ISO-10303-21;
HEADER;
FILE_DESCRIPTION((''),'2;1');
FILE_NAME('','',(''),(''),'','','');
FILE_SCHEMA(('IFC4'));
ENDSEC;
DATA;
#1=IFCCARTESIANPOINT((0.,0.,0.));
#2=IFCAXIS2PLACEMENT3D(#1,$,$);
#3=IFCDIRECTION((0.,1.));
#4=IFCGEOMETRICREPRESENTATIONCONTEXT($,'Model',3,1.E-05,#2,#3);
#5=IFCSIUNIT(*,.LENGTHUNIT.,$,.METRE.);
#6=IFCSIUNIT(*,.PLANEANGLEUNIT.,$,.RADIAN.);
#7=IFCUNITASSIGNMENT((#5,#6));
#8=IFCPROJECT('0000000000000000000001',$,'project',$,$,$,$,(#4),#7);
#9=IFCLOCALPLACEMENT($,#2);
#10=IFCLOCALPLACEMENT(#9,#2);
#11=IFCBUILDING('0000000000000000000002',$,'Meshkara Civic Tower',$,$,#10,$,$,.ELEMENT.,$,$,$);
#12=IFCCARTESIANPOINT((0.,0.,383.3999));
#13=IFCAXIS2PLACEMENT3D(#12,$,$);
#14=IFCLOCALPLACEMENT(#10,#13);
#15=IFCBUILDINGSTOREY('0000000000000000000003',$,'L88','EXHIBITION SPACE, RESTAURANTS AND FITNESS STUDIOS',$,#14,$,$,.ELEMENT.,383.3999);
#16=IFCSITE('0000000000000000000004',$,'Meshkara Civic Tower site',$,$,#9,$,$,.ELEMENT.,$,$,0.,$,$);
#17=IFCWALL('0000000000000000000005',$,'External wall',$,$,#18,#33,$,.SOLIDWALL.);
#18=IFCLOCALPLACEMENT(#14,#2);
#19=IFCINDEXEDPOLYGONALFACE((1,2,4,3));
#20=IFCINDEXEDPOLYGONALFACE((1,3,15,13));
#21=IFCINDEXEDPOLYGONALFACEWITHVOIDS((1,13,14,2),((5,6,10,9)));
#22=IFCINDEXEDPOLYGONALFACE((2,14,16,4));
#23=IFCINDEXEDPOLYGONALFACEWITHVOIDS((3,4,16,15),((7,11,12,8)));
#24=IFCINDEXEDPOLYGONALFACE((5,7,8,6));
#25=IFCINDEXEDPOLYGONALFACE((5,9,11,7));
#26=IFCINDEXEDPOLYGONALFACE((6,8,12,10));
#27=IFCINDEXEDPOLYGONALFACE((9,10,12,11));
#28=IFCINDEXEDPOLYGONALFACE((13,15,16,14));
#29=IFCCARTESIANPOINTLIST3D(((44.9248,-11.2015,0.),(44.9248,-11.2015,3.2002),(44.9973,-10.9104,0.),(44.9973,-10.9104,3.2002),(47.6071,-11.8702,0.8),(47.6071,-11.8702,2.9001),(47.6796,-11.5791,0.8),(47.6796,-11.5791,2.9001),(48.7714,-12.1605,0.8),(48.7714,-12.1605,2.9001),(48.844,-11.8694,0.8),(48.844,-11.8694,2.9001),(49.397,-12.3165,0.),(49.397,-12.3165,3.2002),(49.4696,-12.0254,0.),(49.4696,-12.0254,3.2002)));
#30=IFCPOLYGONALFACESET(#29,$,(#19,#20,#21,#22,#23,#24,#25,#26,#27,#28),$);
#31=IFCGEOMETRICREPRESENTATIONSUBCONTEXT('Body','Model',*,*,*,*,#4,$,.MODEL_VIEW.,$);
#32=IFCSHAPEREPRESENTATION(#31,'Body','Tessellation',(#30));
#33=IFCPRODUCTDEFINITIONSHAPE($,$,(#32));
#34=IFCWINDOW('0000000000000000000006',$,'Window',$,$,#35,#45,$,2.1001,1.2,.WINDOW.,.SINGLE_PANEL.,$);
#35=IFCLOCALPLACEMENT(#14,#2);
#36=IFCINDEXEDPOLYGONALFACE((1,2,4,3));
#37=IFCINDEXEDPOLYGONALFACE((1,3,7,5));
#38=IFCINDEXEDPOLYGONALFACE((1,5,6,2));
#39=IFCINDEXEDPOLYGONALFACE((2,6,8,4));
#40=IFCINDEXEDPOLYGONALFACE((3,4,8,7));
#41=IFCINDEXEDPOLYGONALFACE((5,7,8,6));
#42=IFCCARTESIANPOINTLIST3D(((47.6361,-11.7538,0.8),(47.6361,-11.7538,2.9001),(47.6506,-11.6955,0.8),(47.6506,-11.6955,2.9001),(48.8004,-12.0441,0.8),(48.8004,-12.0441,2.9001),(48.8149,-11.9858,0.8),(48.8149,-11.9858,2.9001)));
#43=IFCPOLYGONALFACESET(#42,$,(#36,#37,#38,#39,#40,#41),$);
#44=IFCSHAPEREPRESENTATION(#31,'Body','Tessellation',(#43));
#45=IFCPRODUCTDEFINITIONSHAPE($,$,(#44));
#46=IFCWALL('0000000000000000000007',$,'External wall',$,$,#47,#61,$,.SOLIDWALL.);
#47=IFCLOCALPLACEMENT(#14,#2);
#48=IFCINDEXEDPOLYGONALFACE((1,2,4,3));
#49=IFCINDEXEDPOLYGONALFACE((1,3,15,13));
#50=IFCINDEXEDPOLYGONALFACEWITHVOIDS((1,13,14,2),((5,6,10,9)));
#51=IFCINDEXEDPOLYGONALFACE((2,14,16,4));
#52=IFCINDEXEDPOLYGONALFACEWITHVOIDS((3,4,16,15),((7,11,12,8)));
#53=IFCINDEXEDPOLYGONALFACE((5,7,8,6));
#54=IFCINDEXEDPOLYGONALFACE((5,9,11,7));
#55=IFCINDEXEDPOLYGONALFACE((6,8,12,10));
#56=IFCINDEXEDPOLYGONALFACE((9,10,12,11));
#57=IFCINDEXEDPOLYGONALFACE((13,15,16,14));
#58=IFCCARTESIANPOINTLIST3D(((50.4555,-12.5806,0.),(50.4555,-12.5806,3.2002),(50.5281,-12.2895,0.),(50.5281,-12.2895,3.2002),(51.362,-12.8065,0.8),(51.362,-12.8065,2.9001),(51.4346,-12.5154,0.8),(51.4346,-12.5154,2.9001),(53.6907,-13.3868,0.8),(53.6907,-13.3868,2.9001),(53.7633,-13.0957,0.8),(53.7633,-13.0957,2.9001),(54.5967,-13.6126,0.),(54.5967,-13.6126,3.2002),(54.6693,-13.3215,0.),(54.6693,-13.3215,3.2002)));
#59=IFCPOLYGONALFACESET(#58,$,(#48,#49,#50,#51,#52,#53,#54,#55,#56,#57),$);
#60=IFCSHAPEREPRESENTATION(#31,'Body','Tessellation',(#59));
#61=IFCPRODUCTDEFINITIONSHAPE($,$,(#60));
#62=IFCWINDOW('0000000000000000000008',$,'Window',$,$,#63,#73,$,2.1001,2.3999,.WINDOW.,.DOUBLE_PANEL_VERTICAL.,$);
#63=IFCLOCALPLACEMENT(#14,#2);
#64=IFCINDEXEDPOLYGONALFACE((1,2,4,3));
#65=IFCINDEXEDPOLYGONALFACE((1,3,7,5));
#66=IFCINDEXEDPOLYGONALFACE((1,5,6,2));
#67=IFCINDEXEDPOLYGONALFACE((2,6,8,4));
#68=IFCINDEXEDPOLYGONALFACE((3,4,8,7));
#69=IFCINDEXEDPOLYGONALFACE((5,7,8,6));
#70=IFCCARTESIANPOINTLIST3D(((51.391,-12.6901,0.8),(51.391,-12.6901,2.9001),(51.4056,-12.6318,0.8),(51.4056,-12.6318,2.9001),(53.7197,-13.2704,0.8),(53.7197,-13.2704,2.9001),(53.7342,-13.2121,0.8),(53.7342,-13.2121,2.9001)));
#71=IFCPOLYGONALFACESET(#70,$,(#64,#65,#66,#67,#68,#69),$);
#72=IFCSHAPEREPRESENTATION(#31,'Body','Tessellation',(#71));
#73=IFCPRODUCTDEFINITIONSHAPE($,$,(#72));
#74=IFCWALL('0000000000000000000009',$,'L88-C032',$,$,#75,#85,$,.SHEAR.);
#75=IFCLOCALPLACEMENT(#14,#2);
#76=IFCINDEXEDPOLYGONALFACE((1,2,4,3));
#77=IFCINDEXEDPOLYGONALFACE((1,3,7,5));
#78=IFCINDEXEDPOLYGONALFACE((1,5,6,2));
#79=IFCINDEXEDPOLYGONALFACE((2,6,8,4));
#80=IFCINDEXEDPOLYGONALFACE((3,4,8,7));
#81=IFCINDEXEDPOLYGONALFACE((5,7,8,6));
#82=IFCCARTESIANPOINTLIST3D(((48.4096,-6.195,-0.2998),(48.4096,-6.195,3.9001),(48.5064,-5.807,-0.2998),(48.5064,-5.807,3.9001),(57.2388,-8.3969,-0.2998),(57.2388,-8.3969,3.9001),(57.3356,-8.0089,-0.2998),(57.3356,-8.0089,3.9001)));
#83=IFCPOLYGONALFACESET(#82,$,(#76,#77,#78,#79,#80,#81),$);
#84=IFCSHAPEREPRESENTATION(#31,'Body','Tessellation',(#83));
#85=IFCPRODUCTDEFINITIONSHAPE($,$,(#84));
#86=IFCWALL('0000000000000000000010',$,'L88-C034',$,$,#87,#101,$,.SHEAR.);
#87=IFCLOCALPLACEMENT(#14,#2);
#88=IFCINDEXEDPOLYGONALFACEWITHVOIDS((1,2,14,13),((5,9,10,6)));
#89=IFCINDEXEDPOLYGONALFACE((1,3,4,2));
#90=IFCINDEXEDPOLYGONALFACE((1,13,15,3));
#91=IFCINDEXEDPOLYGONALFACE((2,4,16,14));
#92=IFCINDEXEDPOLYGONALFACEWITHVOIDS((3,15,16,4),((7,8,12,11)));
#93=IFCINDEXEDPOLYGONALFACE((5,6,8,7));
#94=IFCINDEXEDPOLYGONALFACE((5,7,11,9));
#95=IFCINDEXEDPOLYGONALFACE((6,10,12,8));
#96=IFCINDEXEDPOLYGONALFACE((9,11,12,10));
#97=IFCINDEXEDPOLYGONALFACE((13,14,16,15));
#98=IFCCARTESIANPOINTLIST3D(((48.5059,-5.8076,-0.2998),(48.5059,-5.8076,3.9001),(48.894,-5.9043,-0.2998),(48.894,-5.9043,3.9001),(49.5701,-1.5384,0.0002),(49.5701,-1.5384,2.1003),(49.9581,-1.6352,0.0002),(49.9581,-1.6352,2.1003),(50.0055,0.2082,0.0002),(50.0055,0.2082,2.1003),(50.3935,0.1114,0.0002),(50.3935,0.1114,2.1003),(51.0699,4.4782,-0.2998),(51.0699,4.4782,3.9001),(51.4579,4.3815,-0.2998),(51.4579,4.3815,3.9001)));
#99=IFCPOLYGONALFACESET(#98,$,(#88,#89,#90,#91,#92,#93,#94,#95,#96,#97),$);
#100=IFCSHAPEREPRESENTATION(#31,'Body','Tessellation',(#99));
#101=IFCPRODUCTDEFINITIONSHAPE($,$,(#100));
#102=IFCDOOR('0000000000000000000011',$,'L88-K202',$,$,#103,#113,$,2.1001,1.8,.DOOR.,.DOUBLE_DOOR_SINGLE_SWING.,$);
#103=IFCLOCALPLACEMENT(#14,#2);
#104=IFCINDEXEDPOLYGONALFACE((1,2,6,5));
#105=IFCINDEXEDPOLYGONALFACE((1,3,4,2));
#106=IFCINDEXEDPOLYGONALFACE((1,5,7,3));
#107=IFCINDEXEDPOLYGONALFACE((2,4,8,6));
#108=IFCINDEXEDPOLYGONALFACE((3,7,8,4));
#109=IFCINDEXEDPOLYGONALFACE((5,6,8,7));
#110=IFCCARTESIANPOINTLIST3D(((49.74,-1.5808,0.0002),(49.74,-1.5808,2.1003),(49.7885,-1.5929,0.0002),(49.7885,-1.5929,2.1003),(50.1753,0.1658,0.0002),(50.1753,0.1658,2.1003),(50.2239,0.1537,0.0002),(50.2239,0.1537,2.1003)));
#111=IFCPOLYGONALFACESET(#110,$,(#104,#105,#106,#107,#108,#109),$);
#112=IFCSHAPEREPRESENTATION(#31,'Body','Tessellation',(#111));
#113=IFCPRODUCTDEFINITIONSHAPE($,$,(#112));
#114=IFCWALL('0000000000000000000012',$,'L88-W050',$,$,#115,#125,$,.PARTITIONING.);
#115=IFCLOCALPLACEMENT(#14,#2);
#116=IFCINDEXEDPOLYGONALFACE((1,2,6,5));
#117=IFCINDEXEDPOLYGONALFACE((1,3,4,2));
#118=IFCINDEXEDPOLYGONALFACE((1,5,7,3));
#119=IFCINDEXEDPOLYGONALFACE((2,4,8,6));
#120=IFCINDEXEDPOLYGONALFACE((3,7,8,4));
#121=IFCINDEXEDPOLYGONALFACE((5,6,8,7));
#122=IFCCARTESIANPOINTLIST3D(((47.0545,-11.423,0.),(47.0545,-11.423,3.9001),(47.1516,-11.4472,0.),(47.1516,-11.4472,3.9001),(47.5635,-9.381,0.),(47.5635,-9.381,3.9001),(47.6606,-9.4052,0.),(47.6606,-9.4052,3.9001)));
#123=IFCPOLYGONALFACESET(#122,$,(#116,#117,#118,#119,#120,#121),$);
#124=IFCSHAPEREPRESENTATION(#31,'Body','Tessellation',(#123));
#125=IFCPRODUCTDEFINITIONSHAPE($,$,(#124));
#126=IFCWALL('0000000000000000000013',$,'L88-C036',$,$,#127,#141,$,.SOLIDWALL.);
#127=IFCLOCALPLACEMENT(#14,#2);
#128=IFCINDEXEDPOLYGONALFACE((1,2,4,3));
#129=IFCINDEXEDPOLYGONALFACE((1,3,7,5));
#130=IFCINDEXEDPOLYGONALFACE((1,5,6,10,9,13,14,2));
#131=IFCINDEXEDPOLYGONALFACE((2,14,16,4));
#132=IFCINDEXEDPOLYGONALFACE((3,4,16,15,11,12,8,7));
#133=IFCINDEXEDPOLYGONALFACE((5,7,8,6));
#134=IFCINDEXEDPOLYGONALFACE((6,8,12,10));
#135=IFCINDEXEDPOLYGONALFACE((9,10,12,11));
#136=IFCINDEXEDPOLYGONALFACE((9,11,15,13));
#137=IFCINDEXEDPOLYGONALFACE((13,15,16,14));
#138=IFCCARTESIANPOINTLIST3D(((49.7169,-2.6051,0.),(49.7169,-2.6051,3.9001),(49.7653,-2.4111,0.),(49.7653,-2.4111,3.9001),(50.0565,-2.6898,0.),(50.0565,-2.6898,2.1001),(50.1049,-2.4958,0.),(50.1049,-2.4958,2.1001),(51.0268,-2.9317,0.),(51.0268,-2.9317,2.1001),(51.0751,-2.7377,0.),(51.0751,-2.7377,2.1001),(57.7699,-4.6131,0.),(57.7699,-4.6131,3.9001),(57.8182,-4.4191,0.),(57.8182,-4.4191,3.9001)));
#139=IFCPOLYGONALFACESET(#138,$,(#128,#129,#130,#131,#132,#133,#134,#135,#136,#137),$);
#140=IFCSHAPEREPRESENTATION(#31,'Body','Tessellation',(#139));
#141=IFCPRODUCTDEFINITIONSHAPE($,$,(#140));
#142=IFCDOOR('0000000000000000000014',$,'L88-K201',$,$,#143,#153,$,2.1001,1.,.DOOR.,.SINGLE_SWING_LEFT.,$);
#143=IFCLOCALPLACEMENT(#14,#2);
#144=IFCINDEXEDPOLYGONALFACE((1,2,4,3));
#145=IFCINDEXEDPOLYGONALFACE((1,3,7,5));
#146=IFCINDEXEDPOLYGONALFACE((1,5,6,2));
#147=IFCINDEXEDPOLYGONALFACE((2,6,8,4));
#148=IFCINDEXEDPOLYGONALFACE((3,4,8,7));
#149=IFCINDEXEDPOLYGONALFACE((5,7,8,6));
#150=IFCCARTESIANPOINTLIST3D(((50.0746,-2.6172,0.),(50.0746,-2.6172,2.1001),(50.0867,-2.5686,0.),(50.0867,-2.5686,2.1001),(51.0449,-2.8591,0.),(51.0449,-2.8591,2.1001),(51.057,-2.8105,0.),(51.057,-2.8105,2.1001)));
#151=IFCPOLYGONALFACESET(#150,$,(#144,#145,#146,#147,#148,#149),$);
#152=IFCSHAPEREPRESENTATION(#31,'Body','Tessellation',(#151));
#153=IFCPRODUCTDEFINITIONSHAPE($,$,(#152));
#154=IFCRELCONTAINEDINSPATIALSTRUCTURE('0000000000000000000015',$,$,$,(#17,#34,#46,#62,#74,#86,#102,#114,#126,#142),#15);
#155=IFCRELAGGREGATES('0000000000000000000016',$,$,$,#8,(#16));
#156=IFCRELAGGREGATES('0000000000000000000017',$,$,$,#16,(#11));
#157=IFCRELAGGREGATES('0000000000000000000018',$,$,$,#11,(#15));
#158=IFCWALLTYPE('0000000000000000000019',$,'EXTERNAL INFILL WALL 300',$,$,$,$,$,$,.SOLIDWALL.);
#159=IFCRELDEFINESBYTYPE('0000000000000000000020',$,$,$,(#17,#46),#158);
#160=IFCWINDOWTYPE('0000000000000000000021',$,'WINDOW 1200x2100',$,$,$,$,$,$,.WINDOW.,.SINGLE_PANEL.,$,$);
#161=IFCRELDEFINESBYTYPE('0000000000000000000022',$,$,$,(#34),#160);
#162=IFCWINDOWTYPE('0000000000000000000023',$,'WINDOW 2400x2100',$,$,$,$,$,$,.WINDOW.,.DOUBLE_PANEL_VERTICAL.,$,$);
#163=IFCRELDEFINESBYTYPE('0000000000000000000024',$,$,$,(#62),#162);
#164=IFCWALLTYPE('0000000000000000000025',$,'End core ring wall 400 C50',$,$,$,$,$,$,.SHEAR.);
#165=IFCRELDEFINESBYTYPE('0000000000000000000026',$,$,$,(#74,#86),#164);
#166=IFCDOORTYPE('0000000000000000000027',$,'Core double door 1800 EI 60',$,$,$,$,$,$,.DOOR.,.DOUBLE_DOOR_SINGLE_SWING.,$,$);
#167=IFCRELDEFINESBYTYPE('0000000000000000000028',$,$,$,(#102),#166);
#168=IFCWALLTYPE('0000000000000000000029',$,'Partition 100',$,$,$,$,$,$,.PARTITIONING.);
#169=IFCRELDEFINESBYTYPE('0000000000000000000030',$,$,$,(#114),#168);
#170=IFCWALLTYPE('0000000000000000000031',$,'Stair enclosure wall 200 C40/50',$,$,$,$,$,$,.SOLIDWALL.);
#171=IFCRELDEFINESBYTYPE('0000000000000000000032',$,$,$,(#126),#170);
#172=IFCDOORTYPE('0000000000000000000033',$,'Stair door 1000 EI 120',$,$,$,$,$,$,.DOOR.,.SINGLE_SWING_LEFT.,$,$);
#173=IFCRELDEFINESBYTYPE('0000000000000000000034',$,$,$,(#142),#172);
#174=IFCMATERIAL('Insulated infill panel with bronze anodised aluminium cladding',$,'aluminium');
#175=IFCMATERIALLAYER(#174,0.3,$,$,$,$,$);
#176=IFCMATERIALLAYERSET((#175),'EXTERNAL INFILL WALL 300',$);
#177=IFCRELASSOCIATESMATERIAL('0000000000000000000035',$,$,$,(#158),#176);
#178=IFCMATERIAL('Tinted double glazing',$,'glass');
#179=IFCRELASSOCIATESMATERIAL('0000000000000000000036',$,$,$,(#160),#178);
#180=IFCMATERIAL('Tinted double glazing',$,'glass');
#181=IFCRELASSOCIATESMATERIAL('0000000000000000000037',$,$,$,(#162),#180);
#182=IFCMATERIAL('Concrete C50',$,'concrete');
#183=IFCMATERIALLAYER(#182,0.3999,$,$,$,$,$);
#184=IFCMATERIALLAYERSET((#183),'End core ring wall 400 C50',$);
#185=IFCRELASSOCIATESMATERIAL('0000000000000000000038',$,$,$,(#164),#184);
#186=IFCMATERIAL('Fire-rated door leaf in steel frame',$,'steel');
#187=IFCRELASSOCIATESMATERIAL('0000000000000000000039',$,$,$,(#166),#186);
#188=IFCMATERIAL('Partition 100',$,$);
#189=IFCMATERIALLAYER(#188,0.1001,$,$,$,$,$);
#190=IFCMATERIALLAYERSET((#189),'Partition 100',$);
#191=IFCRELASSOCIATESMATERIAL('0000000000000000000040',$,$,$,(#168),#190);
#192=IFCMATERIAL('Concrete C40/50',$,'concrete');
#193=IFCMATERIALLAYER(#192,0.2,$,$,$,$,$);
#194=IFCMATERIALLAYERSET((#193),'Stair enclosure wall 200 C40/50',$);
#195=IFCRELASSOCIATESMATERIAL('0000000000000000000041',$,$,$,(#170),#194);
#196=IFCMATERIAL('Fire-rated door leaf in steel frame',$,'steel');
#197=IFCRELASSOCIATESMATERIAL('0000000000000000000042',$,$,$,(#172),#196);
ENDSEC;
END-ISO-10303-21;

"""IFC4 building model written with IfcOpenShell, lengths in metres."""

from ifc_helpers import new_model, si_unit, direction, frame, frame_2d, origin, place, context, subcontext, project, spatial, rectangle, extrude, material, layer, layer_set, type_object, element, fill, save


model = new_model("IFC4")

# Units and contexts
model_context = context("Model", 3, precision=1e-05, world=origin(), true_north=direction((0.0, 1.0)))
body_context = subcontext(model_context, "Body", "Model", "MODEL_VIEW")
ifc_project = project(units=[si_unit("LENGTHUNIT", "METRE"), si_unit("PLANEANGLEUNIT", "RADIAN")], contexts=[model_context])

# Site, building, storey
site_placement = place(None, origin())
site = spatial("IfcSite", under=ifc_project, at=site_placement, Name="Meshkara Civic Tower site", CompositionType="ELEMENT", RefElevation=0.0)
building_placement = place(site_placement, origin())
building = spatial("IfcBuilding", under=site, at=building_placement, Name="Meshkara Civic Tower", CompositionType="ELEMENT")
storey_placement = place(building_placement, frame((0.0, 0.0, 383.3999)))
storey = spatial("IfcBuildingStorey", under=building, at=storey_placement, Name="L88", Description="EXHIBITION SPACE, RESTAURANTS AND FITNESS STUDIOS", CompositionType="ELEMENT", Elevation=383.3999)

# Walls, openings, windows
ifc_material_1 = material(Name="Insulated infill panel with bronze anodised aluminium cladding", Category="aluminium")
ifc_layer_1 = layer(ifc_material_1, 0.3)
ifc_layer_set_1 = layer_set([ifc_layer_1], Name="EXTERNAL INFILL WALL 300")
wall_type_1 = type_object("IfcWallType", Name="EXTERNAL INFILL WALL 300", PredefinedType="SOLIDWALL", material=ifc_layer_set_1)
wall_1_placement = place(storey_placement, frame((44.9609, -11.0559, 0.0), z_axis=(0.0, 0.0, 1.0), x_axis=(0.970298, -0.241912, 0.0)))
wall_1 = element("IfcWall", 1, at=wall_1_placement, inside=storey, type_object=wall_type_1, Name="External wall", PredefinedType="SOLIDWALL", context=body_context, shape_type="SweptSolid", body=[
    extrude(rectangle(XDim=4.6091, YDim=0.3, at=frame_2d((2.3047, 0.0))), origin(), (0.0, 0.0, 1.0), 3.2002),
])
opening_1_placement = place(wall_1_placement, frame((2.7644, 0.0, 0.8)))
opening_1 = element("IfcOpeningElement", 2, at=opening_1_placement, cuts=wall_1, PredefinedType="OPENING", context=body_context, shape_type="SweptSolid", body=[
    extrude(rectangle(XDim=1.2, YDim=2.1001, at=frame_2d((0.6001, 1.05))), frame((0.0, 0.1599, 0.0), z_axis=(0.0, -1.0, 0.0), x_axis=(1.0, 0.0, 0.0)), (0.0, 0.0, 1.0), 0.3201),
])
ifc_material_2 = material(Name="Tinted double glazing", Category="glass")
window_type_1 = type_object("IfcWindowType", Name="WINDOW 1200x2100", PartitioningType="SINGLE_PANEL", PredefinedType="WINDOW", material=ifc_material_2)
window_1_placement = place(opening_1_placement, origin())
window_1 = element("IfcWindow", 3, at=window_1_placement, inside=storey, type_object=window_type_1, Name="Window", OverallHeight=2.1001, OverallWidth=1.2, PartitioningType="SINGLE_PANEL", PredefinedType="WINDOW", context=body_context, shape_type="SweptSolid", body=[
    extrude(rectangle(XDim=1.2, YDim=2.1001, at=frame_2d((0.6001, 1.05))), frame((0.0, 0.03, 0.0), z_axis=(0.0, -1.0, 0.0), x_axis=(1.0, 0.0, 0.0)), (0.0, 0.0, 1.0), 0.0601),
])
fill(opening_1, window_1)
wall_2_placement = place(storey_placement, frame((50.4919, -12.4351, 0.0), z_axis=(0.0, 0.0, 1.0), x_axis=(0.970324, -0.241809, 0.0)))
wall_2 = element("IfcWall", 4, at=wall_2_placement, inside=storey, type_object=wall_type_1, Name="External wall", PredefinedType="SOLIDWALL", context=body_context, shape_type="SweptSolid", body=[
    extrude(rectangle(XDim=4.2678, YDim=0.3, at=frame_2d((2.1338, 0.0))), origin(), (0.0, 0.0, 1.0), 3.2002),
])
opening_2_placement = place(wall_2_placement, frame((0.9341, 0.0, 0.8)))
opening_2 = element("IfcOpeningElement", 5, at=opening_2_placement, cuts=wall_2, PredefinedType="OPENING", context=body_context, shape_type="SweptSolid", body=[
    extrude(rectangle(XDim=2.3999, YDim=2.1001, at=frame_2d((1.2, 1.05))), frame((0.0, 0.1599, 0.0), z_axis=(0.0, -1.0, 0.0), x_axis=(1.0, 0.0, 0.0)), (0.0, 0.0, 1.0), 0.3201),
])
ifc_material_3 = material(Name="Tinted double glazing", Category="glass")
window_type_2 = type_object("IfcWindowType", Name="WINDOW 2400x2100", PartitioningType="DOUBLE_PANEL_VERTICAL", PredefinedType="WINDOW", material=ifc_material_3)
window_2_placement = place(opening_2_placement, origin())
window_2 = element("IfcWindow", 6, at=window_2_placement, inside=storey, type_object=window_type_2, Name="Window", OverallHeight=2.1001, OverallWidth=2.3999, PartitioningType="DOUBLE_PANEL_VERTICAL", PredefinedType="WINDOW", context=body_context, shape_type="SweptSolid", body=[
    extrude(rectangle(XDim=2.3999, YDim=2.1001, at=frame_2d((1.2, 1.05))), frame((0.0, 0.03, 0.0), z_axis=(0.0, -1.0, 0.0), x_axis=(1.0, 0.0, 0.0)), (0.0, 0.0, 1.0), 0.0601),
])
fill(opening_2, window_2)

# Wall
ifc_material_4 = material(Name="Concrete C50", Category="concrete")
ifc_layer_2 = layer(ifc_material_4, 0.3999)
ifc_layer_set_2 = layer_set([ifc_layer_2], Name="End core ring wall 400 C50")
wall_type_2 = type_object("IfcWallType", Name="End core ring wall 400 C50", PredefinedType="SHEAR", material=ifc_layer_set_2)
wall_3_placement = place(storey_placement, frame((48.458, -6.001, -0.2998), z_axis=(0.0, 0.0, 1.0), x_axis=(0.970281, -0.24198, 0.0)))
element("IfcWall", 7, at=wall_3_placement, inside=storey, type_object=wall_type_2, Name="L88-C032", PredefinedType="SHEAR", context=body_context, shape_type="SweptSolid", body=[
    extrude(rectangle(XDim=9.0996, YDim=0.3999, at=frame_2d((4.5498, 0.0))), origin(), (0.0, 0.0, 1.0), 4.2),
])

# Wall, opening, door
wall_4_placement = place(storey_placement, frame((48.7, -5.856, -0.2998), z_axis=(0.0, 0.0, 1.0), x_axis=(0.241869, 0.970309, 0.0)))
wall_4 = element("IfcWall", 8, at=wall_4_placement, inside=storey, type_object=wall_type_2, Name="L88-C034", PredefinedType="SHEAR", context=body_context, shape_type="SweptSolid", body=[
    extrude(rectangle(XDim=10.6006, YDim=0.3999, at=frame_2d((5.3003, 0.0))), origin(), (0.0, 0.0, 1.0), 4.2),
])
opening_3_placement = place(wall_4_placement, frame((4.3999, 0.0, 0.3)))
opening_3 = element("IfcOpeningElement", 9, at=opening_3_placement, cuts=wall_4, PredefinedType="OPENING", context=body_context, shape_type="SweptSolid", body=[
    extrude(rectangle(XDim=1.8, YDim=2.1001, at=frame_2d((0.8999, 1.05))), frame((0.0, 0.21, 0.0), z_axis=(0.0, -1.0, 0.0), x_axis=(1.0, 0.0, 0.0)), (0.0, 0.0, 1.0), 0.4199),
])
ifc_material_5 = material(Name="Fire-rated door leaf in steel frame", Category="steel")
door_type_1 = type_object("IfcDoorType", Name="Core double door 1800 EI 60", OperationType="DOUBLE_DOOR_SINGLE_SWING", PredefinedType="DOOR", material=ifc_material_5)
door_1_placement = place(opening_3_placement, origin())
door_1 = element("IfcDoor", 10, at=door_1_placement, inside=storey, type_object=door_type_1, Name="L88-K202", OperationType="DOUBLE_DOOR_SINGLE_SWING", OverallHeight=2.1001, OverallWidth=1.8, PredefinedType="DOOR", context=body_context, shape_type="SweptSolid", body=[
    extrude(rectangle(XDim=1.8, YDim=2.1001, at=frame_2d((0.8999, 1.05))), frame((0.0, 0.0249, 0.0), z_axis=(0.0, -1.0, 0.0), x_axis=(1.0, 0.0, 0.0)), (0.0, 0.0, 1.0), 0.05),
])
fill(opening_3, door_1)

# Wall
ifc_material_6 = material(Name="Partition 100")
ifc_layer_3 = layer(ifc_material_6, 0.1001)
ifc_layer_set_3 = layer_set([ifc_layer_3], Name="Partition 100")
wall_type_3 = type_object("IfcWallType", Name="Partition 100", PredefinedType="PARTITIONING", material=ifc_layer_set_3)
wall_5_placement = place(storey_placement, frame((47.103, -11.4351, 0.0), z_axis=(0.0, 0.0, 1.0), x_axis=(0.24188, 0.970306, 0.0)))
element("IfcWall", 11, at=wall_5_placement, inside=storey, type_object=wall_type_3, Name="L88-W050", PredefinedType="PARTITIONING", context=body_context, shape_type="SweptSolid", body=[
    extrude(rectangle(XDim=2.1045, YDim=0.1001, at=frame_2d((1.0522, 0.0))), origin(), (0.0, 0.0, 1.0), 3.9001),
])

# Wall, opening, door
ifc_material_7 = material(Name="Concrete C40/50", Category="concrete")
ifc_layer_4 = layer(ifc_material_7, 0.2)
ifc_layer_set_4 = layer_set([ifc_layer_4], Name="Stair enclosure wall 200 C40/50")
wall_type_4 = type_object("IfcWallType", Name="Stair enclosure wall 200 C40/50", PredefinedType="SOLIDWALL", material=ifc_layer_set_4)
wall_6_placement = place(storey_placement, frame((49.741, -2.5081, 0.0), z_axis=(0.0, 0.0, 1.0), x_axis=(0.970289, -0.241947, 0.0)))
wall_6 = element("IfcWall", 12, at=wall_6_placement, inside=storey, type_object=wall_type_4, Name="L88-C036", PredefinedType="SOLIDWALL", context=body_context, shape_type="SweptSolid", body=[
    extrude(rectangle(XDim=8.2996, YDim=0.2, at=frame_2d((4.1499, 0.0))), origin(), (0.0, 0.0, 1.0), 3.9001),
])
opening_4_placement = place(wall_6_placement, frame((0.3501, 0.0, 0.0)))
opening_4 = element("IfcOpeningElement", 13, at=opening_4_placement, cuts=wall_6, PredefinedType="OPENING", context=body_context, shape_type="SweptSolid", body=[
    extrude(rectangle(XDim=1.0, YDim=2.1001, at=frame_2d((0.5, 1.05))), frame((0.0, 0.1099, 0.0), z_axis=(0.0, -1.0, 0.0), x_axis=(1.0, 0.0, 0.0)), (0.0, 0.0, 1.0), 0.22),
])
ifc_material_8 = material(Name="Fire-rated door leaf in steel frame", Category="steel")
door_type_2 = type_object("IfcDoorType", Name="Stair door 1000 EI 120", OperationType="SINGLE_SWING_LEFT", PredefinedType="DOOR", material=ifc_material_8)
door_2_placement = place(opening_4_placement, origin())
door_2 = element("IfcDoor", 14, at=door_2_placement, inside=storey, type_object=door_type_2, Name="L88-K201", OperationType="SINGLE_SWING_LEFT", OverallHeight=2.1001, OverallWidth=1.0, PredefinedType="DOOR", context=body_context, shape_type="SweptSolid", body=[
    extrude(rectangle(XDim=1.0, YDim=2.1001, at=frame_2d((0.5, 1.05))), frame((0.0, 0.0249, 0.0), z_axis=(0.0, -1.0, 0.0), x_axis=(1.0, 0.0, 0.0)), (0.0, 0.0, 1.0), 0.05),
])
fill(opening_4, door_2)

save(model, "model.ifc")
